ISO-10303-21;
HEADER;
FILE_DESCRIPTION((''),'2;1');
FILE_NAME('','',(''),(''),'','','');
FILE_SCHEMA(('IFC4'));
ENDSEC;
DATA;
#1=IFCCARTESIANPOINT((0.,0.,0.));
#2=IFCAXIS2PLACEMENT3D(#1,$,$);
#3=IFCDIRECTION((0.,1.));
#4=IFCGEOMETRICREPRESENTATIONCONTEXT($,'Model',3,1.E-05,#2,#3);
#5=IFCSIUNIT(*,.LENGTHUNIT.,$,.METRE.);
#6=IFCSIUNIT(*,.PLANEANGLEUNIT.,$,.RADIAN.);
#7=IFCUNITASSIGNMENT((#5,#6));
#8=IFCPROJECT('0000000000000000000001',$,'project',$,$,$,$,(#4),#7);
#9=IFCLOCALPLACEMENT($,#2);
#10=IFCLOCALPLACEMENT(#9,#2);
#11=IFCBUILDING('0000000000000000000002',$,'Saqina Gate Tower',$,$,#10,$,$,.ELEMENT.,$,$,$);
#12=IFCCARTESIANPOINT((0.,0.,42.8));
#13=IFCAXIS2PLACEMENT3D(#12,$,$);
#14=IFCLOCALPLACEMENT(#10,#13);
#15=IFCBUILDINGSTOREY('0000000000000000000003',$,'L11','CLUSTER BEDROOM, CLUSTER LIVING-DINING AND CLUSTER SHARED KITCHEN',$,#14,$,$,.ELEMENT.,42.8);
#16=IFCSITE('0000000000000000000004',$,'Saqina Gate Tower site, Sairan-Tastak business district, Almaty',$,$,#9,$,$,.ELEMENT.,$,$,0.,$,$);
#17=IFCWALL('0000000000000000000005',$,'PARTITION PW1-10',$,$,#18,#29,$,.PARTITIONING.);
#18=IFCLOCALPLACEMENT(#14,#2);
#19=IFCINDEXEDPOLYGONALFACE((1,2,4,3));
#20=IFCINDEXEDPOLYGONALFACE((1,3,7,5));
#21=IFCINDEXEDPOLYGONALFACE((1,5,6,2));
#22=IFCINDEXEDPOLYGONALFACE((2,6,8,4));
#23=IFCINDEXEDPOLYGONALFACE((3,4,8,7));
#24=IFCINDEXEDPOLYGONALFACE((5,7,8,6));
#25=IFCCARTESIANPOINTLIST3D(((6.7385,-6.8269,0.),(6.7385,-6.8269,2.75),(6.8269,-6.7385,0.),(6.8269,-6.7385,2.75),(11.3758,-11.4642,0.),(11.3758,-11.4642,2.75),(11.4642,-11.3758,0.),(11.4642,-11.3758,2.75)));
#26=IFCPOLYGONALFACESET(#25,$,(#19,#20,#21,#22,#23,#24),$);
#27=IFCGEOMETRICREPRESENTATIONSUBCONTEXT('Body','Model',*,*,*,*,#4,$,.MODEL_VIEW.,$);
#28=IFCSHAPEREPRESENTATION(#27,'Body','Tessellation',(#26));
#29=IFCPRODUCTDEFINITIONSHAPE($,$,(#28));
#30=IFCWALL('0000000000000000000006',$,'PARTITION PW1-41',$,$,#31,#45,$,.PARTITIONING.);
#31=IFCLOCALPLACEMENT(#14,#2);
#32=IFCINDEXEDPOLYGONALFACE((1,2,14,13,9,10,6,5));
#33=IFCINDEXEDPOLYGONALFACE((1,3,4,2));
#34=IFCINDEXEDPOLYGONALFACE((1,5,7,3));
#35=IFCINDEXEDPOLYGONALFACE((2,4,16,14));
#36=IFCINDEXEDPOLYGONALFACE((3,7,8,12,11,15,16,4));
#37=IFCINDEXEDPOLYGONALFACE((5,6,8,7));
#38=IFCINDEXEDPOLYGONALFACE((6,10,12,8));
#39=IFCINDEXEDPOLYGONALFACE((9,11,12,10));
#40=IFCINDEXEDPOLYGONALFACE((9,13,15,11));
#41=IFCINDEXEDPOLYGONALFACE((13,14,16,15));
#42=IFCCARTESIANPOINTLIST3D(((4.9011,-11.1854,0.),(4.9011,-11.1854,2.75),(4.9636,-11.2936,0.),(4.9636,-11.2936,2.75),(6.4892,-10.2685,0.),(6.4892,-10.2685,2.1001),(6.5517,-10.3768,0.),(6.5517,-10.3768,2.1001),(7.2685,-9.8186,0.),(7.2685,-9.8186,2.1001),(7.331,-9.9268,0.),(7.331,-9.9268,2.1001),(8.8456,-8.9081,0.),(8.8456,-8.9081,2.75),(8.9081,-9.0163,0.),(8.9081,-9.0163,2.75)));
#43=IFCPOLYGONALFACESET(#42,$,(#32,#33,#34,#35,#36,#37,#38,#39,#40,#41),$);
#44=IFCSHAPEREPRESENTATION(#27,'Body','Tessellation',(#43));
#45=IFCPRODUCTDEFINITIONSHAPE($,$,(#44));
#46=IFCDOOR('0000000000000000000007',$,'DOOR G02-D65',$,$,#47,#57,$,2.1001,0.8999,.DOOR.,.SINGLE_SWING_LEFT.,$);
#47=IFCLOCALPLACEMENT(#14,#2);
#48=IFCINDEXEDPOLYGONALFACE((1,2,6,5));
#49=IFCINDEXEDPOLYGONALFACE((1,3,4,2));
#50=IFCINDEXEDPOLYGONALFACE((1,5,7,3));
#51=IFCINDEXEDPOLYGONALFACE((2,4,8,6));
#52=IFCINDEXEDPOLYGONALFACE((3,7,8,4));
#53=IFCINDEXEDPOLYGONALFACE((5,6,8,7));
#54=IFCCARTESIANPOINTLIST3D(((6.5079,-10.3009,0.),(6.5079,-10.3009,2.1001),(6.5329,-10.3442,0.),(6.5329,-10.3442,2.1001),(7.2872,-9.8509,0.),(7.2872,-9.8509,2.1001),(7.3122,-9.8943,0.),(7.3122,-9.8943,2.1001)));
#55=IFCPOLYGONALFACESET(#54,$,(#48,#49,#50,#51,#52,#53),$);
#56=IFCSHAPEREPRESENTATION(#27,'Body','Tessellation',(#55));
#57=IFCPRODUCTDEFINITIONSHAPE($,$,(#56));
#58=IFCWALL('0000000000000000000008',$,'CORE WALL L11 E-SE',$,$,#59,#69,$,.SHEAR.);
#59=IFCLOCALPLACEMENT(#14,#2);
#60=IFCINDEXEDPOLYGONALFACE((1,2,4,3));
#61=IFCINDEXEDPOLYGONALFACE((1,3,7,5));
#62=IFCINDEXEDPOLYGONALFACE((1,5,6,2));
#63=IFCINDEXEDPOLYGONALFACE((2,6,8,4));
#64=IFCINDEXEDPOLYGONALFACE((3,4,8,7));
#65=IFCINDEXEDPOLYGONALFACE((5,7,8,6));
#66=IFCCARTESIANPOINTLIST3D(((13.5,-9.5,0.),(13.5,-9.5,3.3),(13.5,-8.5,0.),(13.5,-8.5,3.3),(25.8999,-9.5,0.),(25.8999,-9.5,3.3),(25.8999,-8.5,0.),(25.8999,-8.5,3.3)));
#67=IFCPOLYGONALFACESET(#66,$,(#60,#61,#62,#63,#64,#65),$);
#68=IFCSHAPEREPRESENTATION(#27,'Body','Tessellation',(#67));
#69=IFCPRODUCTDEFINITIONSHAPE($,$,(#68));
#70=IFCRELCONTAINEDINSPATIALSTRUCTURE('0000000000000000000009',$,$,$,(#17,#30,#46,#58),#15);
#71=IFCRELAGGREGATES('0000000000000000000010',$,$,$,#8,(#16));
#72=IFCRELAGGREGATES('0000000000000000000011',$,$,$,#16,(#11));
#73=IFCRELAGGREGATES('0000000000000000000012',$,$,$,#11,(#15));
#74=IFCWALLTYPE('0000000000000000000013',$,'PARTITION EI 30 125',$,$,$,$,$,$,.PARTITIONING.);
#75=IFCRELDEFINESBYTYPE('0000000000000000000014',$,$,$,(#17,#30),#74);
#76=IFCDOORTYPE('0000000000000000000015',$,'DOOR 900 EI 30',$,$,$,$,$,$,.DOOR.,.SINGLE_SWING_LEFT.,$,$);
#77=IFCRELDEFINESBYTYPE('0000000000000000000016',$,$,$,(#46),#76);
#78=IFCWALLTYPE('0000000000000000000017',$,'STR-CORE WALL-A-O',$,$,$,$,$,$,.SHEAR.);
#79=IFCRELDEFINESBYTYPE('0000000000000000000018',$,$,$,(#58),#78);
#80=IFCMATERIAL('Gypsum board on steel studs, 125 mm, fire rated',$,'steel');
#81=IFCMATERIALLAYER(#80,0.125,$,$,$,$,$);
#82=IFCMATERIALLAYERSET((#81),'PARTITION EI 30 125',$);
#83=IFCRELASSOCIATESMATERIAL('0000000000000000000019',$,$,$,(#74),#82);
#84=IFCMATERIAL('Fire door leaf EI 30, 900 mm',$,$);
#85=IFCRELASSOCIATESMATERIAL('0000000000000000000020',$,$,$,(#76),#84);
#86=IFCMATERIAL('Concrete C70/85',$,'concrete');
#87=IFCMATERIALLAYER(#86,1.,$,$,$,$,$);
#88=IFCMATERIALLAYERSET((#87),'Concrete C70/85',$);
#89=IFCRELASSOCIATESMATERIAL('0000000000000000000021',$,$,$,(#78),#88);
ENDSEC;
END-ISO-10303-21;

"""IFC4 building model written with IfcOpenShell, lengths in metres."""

from ifc_helpers import new_model, si_unit, direction, frame, frame_2d, origin, place, context, subcontext, project, spatial, rectangle, extrude, material, layer, layer_set, type_object, element, fill, save


model = new_model("IFC4")

# Units and contexts
model_context = context("Model", 3, precision=1e-05, world=origin(), true_north=direction((0.0, 1.0)))
body_context = subcontext(model_context, "Body", "Model", "MODEL_VIEW")
ifc_project = project(units=[si_unit("LENGTHUNIT", "METRE"), si_unit("PLANEANGLEUNIT", "RADIAN")], contexts=[model_context])

# Site, building, storey
site_placement = place(None, origin())
site = spatial("IfcSite", under=ifc_project, at=site_placement, Name="Saqina Gate Tower site, Sairan-Tastak business district, Almaty", CompositionType="ELEMENT", RefElevation=0.0)
building_placement = place(site_placement, origin())
building = spatial("IfcBuilding", under=site, at=building_placement, Name="Saqina Gate Tower", CompositionType="ELEMENT")
storey_placement = place(building_placement, frame((0.0, 0.0, 42.8)))
storey = spatial("IfcBuildingStorey", under=building, at=storey_placement, Name="L11", Description="CLUSTER BEDROOM, CLUSTER LIVING-DINING AND CLUSTER SHARED KITCHEN", CompositionType="ELEMENT", Elevation=42.8)

# Wall
ifc_material_1 = material(Name="Gypsum board on steel studs, 125 mm, fire rated", Category="steel")
ifc_layer_1 = layer(ifc_material_1, 0.125)
ifc_layer_set_1 = layer_set([ifc_layer_1], Name="PARTITION EI 30 125")
wall_type_1 = type_object("IfcWallType", Name="PARTITION EI 30 125", PredefinedType="PARTITIONING", material=ifc_layer_set_1)
wall_1_placement = place(storey_placement, frame((6.7827, -6.7827, 0.0), z_axis=(0.0, 0.0, 1.0), x_axis=(0.707107, -0.707107, 0.0)))
element("IfcWall", 1, at=wall_1_placement, inside=storey, type_object=wall_type_1, Name="PARTITION PW1-10", PredefinedType="PARTITIONING", context=body_context, shape_type="SweptSolid", body=[
    extrude(rectangle(XDim=6.5581, YDim=0.125, at=frame_2d((3.2791, 0.0))), origin(), (0.0, 0.0, 1.0), 2.75),
])

# Wall, opening, door
wall_2_placement = place(storey_placement, frame((4.9324, -11.2395, 0.0), z_axis=(0.0, 0.0, 1.0), x_axis=(0.866031, 0.49999, 0.0)))
wall_2 = element("IfcWall", 2, at=wall_2_placement, inside=storey, type_object=wall_type_1, Name="PARTITION PW1-41", PredefinedType="PARTITIONING", context=body_context, shape_type="SweptSolid", body=[
    extrude(rectangle(XDim=4.5547, YDim=0.125, at=frame_2d((2.2773, 0.0))), origin(), (0.0, 0.0, 1.0), 2.75),
])
opening_1_placement = place(wall_2_placement, frame((1.8337, 0.0, 0.0)))
opening_1 = element("IfcOpeningElement", 3, at=opening_1_placement, cuts=wall_2, PredefinedType="OPENING", context=body_context, shape_type="SweptSolid", body=[
    extrude(rectangle(XDim=0.8999, YDim=2.1001, at=frame_2d((0.45, 1.05))), frame((0.0, 0.0745, 0.0), z_axis=(0.0, -1.0, 0.0), x_axis=(1.0, 0.0, 0.0)), (0.0, 0.0, 1.0), 0.1489),
])
ifc_material_2 = material(Name="Fire door leaf EI 30, 900 mm")
door_type_1 = type_object("IfcDoorType", Name="DOOR 900 EI 30", OperationType="SINGLE_SWING_LEFT", PredefinedType="DOOR", material=ifc_material_2)
door_1_placement = place(opening_1_placement, frame((0.8999, 0.0, 0.0), z_axis=(0.0, 0.0, 1.0), x_axis=(-1.0, 0.0, 0.0)))
door_1 = element("IfcDoor", 4, at=door_1_placement, inside=storey, type_object=door_type_1, Name="DOOR G02-D65", OperationType="SINGLE_SWING_LEFT", OverallHeight=2.1001, OverallWidth=0.8999, PredefinedType="DOOR", context=body_context, shape_type="SweptSolid", body=[
    extrude(rectangle(XDim=0.8999, YDim=2.1001, at=frame_2d((0.45, 1.05))), frame((0.0, 0.0249, 0.0), z_axis=(0.0, -1.0, 0.0), x_axis=(1.0, 0.0, 0.0)), (0.0, 0.0, 1.0), 0.05),
])
fill(opening_1, door_1)

# Shared definitions
ifc_material_3 = material(Name="Concrete C70/85", Category="concrete")
ifc_layer_2 = layer(ifc_material_3, 1.0)
ifc_layer_set_2 = layer_set([ifc_layer_2], Name="Concrete C70/85")
wall_type_2 = type_object("IfcWallType", Name="STR-CORE WALL-A-O", PredefinedType="SHEAR", material=ifc_layer_set_2)

# Wall
wall_3_placement = place(storey_placement, frame((13.5, -9.0, 0.0), z_axis=(0.0, 0.0, 1.0), x_axis=(1.0, 0.0, 0.0)))
element("IfcWall", 5, at=wall_3_placement, inside=storey, type_object=wall_type_2, Name="CORE WALL L11 E-SE", PredefinedType="SHEAR", context=body_context, shape_type="SweptSolid", body=[
    extrude(rectangle(XDim=12.3999, YDim=1.0, at=frame_2d((6.2, 0.0))), origin(), (0.0, 0.0, 1.0), 3.3),
])

save(model, "model.ifc")
